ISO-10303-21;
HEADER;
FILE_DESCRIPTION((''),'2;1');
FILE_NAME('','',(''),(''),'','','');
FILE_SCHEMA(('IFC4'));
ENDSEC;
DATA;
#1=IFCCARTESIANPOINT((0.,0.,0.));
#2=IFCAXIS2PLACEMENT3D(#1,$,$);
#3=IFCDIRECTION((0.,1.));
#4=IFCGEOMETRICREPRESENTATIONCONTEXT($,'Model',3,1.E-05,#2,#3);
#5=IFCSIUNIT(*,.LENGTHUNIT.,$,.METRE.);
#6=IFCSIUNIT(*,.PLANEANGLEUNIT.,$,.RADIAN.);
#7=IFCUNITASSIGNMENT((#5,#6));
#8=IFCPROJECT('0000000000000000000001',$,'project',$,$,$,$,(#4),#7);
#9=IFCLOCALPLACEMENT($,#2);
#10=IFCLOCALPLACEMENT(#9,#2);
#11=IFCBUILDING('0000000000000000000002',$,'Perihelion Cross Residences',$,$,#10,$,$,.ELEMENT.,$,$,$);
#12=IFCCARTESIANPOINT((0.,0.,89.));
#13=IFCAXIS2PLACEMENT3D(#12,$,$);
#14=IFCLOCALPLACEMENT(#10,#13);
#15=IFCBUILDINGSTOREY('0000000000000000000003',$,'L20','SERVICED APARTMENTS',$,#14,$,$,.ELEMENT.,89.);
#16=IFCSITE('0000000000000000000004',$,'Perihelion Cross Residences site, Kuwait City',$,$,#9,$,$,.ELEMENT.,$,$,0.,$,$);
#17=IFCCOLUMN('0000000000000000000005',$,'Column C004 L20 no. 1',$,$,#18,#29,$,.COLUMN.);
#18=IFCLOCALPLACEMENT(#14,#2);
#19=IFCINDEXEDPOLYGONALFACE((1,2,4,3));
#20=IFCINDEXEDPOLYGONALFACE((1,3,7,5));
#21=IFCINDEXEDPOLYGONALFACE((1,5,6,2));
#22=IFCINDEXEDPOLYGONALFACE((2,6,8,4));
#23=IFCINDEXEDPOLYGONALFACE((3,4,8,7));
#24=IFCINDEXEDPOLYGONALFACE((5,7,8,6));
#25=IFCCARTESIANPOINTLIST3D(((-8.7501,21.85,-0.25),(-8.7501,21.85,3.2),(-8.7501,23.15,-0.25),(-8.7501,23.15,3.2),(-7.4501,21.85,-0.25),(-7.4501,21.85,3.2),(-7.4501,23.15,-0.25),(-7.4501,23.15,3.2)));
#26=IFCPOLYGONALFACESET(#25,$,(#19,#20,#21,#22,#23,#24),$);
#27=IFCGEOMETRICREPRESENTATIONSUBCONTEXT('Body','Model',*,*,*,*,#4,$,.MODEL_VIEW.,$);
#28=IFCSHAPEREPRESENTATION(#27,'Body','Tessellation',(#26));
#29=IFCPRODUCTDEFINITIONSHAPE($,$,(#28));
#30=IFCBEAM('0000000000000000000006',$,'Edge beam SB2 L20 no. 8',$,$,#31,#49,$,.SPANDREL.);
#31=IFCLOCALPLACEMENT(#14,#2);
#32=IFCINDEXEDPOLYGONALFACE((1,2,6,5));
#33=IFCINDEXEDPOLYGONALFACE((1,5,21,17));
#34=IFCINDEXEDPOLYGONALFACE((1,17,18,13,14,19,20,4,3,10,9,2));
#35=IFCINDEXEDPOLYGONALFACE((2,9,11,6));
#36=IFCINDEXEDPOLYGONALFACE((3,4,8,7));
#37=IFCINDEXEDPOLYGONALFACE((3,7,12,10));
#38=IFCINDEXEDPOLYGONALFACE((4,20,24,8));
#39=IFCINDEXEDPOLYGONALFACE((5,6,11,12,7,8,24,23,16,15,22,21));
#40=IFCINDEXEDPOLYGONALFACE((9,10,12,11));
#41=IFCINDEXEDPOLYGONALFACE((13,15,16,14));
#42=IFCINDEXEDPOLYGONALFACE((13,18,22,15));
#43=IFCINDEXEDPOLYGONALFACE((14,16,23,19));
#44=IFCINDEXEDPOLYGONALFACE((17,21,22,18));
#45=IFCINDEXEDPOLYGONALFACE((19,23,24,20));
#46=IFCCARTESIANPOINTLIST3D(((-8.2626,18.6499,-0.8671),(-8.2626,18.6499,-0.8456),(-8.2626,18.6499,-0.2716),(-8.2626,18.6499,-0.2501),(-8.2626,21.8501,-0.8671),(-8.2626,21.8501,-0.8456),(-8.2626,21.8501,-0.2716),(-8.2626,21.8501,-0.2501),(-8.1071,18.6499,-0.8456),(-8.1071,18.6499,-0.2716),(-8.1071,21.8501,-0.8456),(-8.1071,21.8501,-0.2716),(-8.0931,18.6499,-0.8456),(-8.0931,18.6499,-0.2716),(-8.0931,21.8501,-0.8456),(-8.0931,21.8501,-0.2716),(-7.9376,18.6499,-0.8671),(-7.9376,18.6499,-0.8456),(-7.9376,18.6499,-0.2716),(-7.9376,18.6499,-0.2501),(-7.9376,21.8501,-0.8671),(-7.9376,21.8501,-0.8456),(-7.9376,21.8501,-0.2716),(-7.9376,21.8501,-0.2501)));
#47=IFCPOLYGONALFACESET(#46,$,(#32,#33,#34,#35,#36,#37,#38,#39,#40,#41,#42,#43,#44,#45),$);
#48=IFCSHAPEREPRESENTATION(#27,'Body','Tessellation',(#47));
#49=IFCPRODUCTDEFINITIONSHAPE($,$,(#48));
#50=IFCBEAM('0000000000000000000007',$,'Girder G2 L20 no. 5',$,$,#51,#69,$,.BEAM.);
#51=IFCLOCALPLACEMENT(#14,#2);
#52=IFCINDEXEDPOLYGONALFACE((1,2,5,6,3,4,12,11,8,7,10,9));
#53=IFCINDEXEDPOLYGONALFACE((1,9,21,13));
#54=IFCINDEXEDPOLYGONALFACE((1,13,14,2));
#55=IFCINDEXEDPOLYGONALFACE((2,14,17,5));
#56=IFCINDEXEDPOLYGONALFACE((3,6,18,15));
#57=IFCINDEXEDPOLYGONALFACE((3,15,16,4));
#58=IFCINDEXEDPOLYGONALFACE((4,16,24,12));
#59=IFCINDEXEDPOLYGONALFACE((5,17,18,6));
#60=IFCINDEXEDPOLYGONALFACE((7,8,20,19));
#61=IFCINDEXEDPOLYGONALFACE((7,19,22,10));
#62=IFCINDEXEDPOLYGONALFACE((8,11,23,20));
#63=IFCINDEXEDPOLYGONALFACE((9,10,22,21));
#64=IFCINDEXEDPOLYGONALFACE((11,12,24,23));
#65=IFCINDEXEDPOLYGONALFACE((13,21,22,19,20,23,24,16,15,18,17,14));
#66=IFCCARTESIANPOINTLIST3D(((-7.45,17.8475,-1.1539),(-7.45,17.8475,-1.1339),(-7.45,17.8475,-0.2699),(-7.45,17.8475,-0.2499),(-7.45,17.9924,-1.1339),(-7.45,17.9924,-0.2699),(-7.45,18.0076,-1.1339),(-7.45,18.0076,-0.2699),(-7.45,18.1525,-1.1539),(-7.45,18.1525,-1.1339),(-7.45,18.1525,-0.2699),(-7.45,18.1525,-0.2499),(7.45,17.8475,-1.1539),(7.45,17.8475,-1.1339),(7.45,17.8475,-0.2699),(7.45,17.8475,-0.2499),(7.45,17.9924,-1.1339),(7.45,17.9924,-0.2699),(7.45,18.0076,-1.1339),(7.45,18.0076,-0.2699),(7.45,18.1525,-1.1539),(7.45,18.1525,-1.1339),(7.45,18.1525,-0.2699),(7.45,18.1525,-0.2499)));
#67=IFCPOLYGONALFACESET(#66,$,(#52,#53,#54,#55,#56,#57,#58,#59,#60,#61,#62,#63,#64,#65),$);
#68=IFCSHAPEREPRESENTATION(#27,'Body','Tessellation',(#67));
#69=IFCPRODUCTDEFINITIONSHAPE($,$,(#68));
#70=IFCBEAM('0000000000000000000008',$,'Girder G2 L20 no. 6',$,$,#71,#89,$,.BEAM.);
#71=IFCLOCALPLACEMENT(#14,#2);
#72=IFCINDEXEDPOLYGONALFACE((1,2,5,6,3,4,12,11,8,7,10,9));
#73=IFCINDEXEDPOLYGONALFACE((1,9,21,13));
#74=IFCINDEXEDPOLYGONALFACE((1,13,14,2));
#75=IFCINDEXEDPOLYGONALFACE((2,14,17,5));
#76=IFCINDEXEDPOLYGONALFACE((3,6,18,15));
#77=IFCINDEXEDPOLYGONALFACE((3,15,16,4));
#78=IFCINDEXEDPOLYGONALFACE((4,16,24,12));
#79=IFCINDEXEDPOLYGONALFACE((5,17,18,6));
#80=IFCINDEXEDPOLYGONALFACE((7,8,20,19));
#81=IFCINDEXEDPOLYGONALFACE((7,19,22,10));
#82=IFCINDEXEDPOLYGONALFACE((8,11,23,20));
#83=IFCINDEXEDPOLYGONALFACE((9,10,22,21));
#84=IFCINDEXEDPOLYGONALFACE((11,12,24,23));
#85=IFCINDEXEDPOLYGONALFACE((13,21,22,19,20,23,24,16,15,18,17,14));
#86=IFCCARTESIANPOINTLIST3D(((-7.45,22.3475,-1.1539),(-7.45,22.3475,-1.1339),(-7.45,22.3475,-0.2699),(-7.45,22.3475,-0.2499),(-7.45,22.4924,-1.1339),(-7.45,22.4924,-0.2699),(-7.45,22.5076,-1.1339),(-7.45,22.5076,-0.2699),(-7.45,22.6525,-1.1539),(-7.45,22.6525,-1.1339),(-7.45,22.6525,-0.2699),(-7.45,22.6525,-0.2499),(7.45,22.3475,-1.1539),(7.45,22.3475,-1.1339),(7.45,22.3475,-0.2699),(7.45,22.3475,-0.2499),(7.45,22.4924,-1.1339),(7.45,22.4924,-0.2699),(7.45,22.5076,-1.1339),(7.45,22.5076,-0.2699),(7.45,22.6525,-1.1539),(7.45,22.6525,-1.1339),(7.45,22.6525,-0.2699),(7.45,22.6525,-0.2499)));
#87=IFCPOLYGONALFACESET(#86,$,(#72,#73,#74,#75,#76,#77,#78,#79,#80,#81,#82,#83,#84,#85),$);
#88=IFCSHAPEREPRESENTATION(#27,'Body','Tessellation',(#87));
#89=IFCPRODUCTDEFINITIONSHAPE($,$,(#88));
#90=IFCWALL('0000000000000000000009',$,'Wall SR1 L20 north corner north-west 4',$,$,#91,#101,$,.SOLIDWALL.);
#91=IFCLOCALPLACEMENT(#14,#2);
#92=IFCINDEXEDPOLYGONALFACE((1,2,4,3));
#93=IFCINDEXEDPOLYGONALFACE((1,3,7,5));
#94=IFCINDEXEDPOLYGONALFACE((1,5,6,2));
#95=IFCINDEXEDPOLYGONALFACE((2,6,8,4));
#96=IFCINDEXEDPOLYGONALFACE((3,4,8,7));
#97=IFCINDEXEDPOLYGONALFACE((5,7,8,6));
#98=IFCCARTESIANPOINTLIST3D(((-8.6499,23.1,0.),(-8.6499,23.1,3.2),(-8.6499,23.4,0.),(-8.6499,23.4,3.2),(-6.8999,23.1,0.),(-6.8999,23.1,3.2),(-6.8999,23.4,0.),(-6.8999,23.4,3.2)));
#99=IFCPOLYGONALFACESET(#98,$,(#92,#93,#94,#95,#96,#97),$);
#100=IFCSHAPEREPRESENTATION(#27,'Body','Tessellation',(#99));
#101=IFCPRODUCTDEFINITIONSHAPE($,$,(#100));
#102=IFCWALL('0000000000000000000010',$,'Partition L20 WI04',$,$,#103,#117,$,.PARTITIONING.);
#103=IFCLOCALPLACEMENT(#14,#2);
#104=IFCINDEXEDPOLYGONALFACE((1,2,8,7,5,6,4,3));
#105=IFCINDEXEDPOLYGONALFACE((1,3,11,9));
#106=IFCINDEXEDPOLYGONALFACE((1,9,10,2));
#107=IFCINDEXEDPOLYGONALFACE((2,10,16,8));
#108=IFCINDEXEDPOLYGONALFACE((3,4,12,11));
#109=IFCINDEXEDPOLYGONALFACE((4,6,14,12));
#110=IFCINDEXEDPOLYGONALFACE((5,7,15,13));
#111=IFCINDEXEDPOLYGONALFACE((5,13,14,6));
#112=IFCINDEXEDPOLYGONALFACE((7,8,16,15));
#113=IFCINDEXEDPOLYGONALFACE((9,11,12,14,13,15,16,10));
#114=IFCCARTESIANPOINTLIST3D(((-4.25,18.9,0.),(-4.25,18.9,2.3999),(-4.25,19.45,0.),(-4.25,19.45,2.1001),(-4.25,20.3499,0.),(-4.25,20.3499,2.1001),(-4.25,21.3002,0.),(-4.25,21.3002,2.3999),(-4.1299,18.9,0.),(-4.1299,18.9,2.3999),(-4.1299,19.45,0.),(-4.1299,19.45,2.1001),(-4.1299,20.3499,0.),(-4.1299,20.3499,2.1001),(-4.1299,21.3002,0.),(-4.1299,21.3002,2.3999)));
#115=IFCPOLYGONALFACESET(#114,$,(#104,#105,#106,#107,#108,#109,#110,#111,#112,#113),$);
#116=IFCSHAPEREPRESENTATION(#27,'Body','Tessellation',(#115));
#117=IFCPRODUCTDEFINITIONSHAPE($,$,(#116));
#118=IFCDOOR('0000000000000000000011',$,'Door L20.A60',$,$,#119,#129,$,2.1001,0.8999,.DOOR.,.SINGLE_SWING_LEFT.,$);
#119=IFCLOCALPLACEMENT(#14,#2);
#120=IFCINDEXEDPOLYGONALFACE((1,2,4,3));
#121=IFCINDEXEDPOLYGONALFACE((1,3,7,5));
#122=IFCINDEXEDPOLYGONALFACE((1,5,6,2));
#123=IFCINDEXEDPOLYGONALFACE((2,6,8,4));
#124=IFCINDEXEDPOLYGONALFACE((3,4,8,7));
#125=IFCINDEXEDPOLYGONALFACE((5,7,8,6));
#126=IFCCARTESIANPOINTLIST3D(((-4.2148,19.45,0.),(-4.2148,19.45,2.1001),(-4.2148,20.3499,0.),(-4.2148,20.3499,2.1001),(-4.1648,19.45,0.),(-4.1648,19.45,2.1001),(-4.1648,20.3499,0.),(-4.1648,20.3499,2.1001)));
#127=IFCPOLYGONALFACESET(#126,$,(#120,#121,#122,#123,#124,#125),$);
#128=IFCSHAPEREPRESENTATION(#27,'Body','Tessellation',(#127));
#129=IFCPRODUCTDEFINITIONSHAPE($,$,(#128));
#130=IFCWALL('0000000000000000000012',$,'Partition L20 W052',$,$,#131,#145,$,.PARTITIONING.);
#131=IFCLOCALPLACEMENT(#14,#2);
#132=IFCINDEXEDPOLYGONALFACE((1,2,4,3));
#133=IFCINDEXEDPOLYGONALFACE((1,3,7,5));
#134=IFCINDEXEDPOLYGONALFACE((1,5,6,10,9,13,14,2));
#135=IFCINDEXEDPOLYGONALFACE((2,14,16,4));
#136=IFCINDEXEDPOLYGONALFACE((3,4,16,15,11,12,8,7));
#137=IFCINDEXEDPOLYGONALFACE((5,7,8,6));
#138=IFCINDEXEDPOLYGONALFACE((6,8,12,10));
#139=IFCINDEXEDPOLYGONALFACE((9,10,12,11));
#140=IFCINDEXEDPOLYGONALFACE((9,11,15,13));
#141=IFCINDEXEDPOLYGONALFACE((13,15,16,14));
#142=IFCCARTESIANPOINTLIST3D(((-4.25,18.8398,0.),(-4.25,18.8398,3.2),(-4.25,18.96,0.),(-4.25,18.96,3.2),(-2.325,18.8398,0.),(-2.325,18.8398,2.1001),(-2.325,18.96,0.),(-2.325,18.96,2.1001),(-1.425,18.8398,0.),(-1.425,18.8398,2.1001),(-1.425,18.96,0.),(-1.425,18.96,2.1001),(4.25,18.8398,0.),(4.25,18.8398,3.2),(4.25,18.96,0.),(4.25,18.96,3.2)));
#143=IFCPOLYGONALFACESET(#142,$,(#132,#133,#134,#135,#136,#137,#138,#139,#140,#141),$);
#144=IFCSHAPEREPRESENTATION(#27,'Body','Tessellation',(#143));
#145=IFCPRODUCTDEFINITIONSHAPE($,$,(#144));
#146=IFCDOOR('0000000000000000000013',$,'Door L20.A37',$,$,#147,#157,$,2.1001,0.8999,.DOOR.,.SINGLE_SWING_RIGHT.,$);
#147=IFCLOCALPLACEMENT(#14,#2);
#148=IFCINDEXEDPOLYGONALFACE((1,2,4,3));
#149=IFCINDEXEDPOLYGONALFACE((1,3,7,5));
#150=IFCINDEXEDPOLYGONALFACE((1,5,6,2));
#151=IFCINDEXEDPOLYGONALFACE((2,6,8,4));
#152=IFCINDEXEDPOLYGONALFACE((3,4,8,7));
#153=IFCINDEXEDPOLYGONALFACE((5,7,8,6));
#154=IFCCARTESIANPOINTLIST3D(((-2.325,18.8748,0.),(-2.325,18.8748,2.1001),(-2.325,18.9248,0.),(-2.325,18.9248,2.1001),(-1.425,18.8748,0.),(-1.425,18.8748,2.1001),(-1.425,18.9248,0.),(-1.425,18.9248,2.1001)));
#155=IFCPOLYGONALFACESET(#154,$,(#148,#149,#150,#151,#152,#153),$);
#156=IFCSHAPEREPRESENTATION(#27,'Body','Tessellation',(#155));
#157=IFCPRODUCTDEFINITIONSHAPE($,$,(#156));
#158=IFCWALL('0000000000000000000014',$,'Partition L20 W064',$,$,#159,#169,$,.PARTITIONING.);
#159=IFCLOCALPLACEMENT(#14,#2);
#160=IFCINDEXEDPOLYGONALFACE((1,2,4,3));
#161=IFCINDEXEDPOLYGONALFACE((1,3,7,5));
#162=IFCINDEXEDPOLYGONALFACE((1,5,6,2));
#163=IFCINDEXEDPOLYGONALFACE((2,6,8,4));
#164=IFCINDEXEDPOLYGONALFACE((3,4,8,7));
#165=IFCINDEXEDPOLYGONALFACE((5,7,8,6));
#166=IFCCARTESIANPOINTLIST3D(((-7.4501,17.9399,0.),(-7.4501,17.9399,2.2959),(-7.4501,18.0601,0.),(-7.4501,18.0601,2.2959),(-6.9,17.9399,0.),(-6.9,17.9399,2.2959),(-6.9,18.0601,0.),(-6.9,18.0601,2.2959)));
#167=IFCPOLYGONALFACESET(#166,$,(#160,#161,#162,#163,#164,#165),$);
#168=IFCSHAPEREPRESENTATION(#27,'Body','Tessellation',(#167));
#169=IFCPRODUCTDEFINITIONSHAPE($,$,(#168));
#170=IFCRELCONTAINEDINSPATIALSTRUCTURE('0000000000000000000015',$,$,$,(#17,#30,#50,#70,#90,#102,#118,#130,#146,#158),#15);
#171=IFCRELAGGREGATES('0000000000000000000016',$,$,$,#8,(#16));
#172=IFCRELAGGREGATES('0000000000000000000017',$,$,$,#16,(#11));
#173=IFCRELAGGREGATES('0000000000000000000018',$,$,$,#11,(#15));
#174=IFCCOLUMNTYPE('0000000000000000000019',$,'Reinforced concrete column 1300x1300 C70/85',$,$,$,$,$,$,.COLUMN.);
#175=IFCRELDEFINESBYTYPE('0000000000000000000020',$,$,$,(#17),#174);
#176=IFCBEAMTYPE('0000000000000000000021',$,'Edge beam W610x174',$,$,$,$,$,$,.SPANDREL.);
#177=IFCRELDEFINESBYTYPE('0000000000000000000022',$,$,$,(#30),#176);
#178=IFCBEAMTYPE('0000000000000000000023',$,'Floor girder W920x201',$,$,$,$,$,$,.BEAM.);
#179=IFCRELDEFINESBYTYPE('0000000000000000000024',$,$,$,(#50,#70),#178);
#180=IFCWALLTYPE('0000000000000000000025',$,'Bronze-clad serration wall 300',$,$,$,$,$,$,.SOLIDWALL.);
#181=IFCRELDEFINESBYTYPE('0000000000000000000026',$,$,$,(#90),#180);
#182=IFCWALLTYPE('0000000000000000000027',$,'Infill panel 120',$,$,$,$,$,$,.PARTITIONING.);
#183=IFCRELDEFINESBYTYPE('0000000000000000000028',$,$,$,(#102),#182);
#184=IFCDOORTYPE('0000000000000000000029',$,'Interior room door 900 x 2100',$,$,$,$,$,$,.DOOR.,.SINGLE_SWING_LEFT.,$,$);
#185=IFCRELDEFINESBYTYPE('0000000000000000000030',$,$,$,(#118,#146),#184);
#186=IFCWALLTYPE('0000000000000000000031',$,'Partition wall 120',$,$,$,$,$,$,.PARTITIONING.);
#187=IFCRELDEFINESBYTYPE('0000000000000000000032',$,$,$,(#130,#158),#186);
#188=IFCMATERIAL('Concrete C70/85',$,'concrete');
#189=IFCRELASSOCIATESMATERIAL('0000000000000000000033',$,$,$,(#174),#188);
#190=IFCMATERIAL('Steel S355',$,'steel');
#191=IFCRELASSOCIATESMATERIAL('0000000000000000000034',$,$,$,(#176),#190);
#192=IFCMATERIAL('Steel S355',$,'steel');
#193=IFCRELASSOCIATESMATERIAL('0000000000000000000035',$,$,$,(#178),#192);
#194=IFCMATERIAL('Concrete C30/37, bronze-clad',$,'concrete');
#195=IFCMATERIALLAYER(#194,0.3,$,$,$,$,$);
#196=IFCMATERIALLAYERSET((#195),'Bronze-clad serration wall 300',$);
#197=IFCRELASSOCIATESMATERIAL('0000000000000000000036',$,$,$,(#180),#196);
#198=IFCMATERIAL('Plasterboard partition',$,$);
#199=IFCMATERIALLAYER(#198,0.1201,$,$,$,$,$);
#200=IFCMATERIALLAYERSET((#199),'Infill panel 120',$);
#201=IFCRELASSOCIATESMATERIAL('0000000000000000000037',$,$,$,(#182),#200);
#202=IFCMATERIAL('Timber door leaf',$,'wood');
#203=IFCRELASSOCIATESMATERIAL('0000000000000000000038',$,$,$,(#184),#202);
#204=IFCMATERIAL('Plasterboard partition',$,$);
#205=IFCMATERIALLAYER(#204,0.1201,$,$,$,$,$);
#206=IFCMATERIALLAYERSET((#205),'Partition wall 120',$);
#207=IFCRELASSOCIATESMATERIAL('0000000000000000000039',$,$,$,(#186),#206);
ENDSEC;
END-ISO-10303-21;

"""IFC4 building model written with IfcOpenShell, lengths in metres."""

from ifc_helpers import new_model, si_unit, direction, frame, frame_2d, origin, origin_2d, place, context, subcontext, project, spatial, rectangle, i_section, extrude, material, layer, layer_set, material_profile, profile_set, type_object, element, fill, save


model = new_model("IFC4")

# Units and contexts
model_context = context("Model", 3, precision=1e-05, world=origin(), true_north=direction((0.0, 1.0)))
body_context = subcontext(model_context, "Body", "Model", "MODEL_VIEW")
ifc_project = project(units=[si_unit("LENGTHUNIT", "METRE"), si_unit("PLANEANGLEUNIT", "RADIAN")], contexts=[model_context])

# Site, building, storey
site_placement = place(None, origin())
site = spatial("IfcSite", under=ifc_project, at=site_placement, Name="Perihelion Cross Residences site, Kuwait City", CompositionType="ELEMENT", RefElevation=0.0)
building_placement = place(site_placement, origin())
building = spatial("IfcBuilding", under=site, at=building_placement, Name="Perihelion Cross Residences", CompositionType="ELEMENT")
storey_placement = place(building_placement, frame((0.0, 0.0, 89.0)))
storey = spatial("IfcBuildingStorey", under=building, at=storey_placement, Name="L20", Description="SERVICED APARTMENTS", CompositionType="ELEMENT", Elevation=89.0)

# Column
ifc_material_1 = material(Name="Concrete C70/85", Category="concrete")
ifc_material_profile_1 = material_profile(ifc_material_1, rectangle(XDim=1.3, YDim=1.3, at=origin_2d()), Name="RC 1300x1300")
ifc_profile_set_1 = profile_set([ifc_material_profile_1], Name="Concrete C70/85")
column_type = type_object("IfcColumnType", Name="Reinforced concrete column 1300x1300 C70/85", PredefinedType="COLUMN", material=ifc_profile_set_1)
column_placement = place(storey_placement, frame((-8.1001, 22.5, -0.25), z_axis=(0.0, 0.0, 1.0), x_axis=(1.0, 0.0, 0.0)))
element("IfcColumn", 1, at=column_placement, inside=storey, type_object=column_type, Name="Column C004 L20 no. 1", PredefinedType="COLUMN", context=body_context, shape_type="SweptSolid", body=[
    extrude(rectangle(XDim=1.3, YDim=1.3, at=origin_2d()), origin(), (0.0, 0.0, 1.0), 3.45),
])

# Beams
ifc_material_2 = material(Name="Steel S355", Category="steel")
ifc_material_profile_2 = material_profile(ifc_material_2, i_section(OverallWidth=0.325, OverallDepth=0.6169, WebThickness=0.0139, FlangeThickness=0.0215, at=origin_2d()), Name="W610x174")
ifc_profile_set_2 = profile_set([ifc_material_profile_2], Name="Steel S355")
beam_type_1 = type_object("IfcBeamType", Name="Edge beam W610x174", PredefinedType="SPANDREL", material=ifc_profile_set_2)
beam_placement = place(storey_placement, frame((-8.1001, 21.8501, -0.5586), z_axis=(0.0, -1.0, 0.0), x_axis=(1.0, 0.0, 0.0)))
element("IfcBeam", 2, at=beam_placement, inside=storey, type_object=beam_type_1, Name="Edge beam SB2 L20 no. 8", PredefinedType="SPANDREL", context=body_context, shape_type="SweptSolid", body=[
    extrude(i_section(OverallWidth=0.325, OverallDepth=0.6169, WebThickness=0.0139, FlangeThickness=0.0215, at=origin_2d()), origin(), (0.0, 0.0, 1.0), 3.2002),
])
ifc_material_3 = material(Name="Steel S355", Category="steel")
ifc_material_profile_3 = material_profile(ifc_material_3, i_section(OverallWidth=0.3049, OverallDepth=0.9041, WebThickness=0.0151, FlangeThickness=0.02, at=origin_2d()), Name="W920x201")
ifc_profile_set_3 = profile_set([ifc_material_profile_3], Name="Steel S355")
beam_type_2 = type_object("IfcBeamType", Name="Floor girder W920x201", PredefinedType="BEAM", material=ifc_profile_set_3)
for number, where, z_axis, x_axis, name in (
    (3, (-7.45, 18.0, -0.7019), (1.0, 0.0, 0.0), (0.0, 1.0, 0.0), "Girder G2 L20 no. 5"),
    (4, (-7.45, 22.5, -0.7019), (1.0, 0.0, 0.0), (0.0, 1.0, 0.0), "Girder G2 L20 no. 6"),
):
    element("IfcBeam", number, at=place(storey_placement, frame(where, z_axis=z_axis, x_axis=x_axis)), inside=storey, type_object=beam_type_2, Name=name, PredefinedType="BEAM", context=body_context, shape_type="SweptSolid", body=[
        extrude(i_section(OverallWidth=0.3049, OverallDepth=0.9041, WebThickness=0.0151, FlangeThickness=0.02, at=origin_2d()), origin(), (0.0, 0.0, 1.0), 14.8999),
    ])

# Wall
ifc_material_4 = material(Name="Concrete C30/37, bronze-clad", Category="concrete")
ifc_layer_1 = layer(ifc_material_4, 0.3)
ifc_layer_set_1 = layer_set([ifc_layer_1], Name="Bronze-clad serration wall 300")
wall_type_1 = type_object("IfcWallType", Name="Bronze-clad serration wall 300", PredefinedType="SOLIDWALL", material=ifc_layer_set_1)
wall_1_placement = place(storey_placement, frame((-6.8999, 23.25, 0.0), z_axis=(0.0, 0.0, 1.0), x_axis=(-1.0, 0.0, 0.0)))
element("IfcWall", 5, at=wall_1_placement, inside=storey, type_object=wall_type_1, Name="Wall SR1 L20 north corner north-west 4", PredefinedType="SOLIDWALL", context=body_context, shape_type="SweptSolid", body=[
    extrude(rectangle(XDim=1.75, YDim=0.3, at=frame_2d((0.875, 0.0))), origin(), (0.0, 0.0, 1.0), 3.2),
])

# Walls, openings, doors
ifc_material_5 = material(Name="Plasterboard partition")
ifc_layer_2 = layer(ifc_material_5, 0.1201)
ifc_layer_set_2 = layer_set([ifc_layer_2], Name="Infill panel 120")
wall_type_2 = type_object("IfcWallType", Name="Infill panel 120", PredefinedType="PARTITIONING", material=ifc_layer_set_2)
wall_2_placement = place(storey_placement, frame((-4.1899, 18.8999, 0.0), z_axis=(0.0, 0.0, 1.0), x_axis=(0.0, 1.0, 0.0)))
wall_2 = element("IfcWall", 6, at=wall_2_placement, inside=storey, type_object=wall_type_2, Name="Partition L20 WI04", PredefinedType="PARTITIONING", context=body_context, shape_type="SweptSolid", body=[
    extrude(rectangle(XDim=2.4001, YDim=0.1201, at=frame_2d((1.2002, 0.0))), origin(), (0.0, 0.0, 1.0), 2.3999),
])
opening_1_placement = place(wall_2_placement, frame((0.55, 0.0, 0.0)))
opening_1 = element("IfcOpeningElement", 7, at=opening_1_placement, cuts=wall_2, PredefinedType="OPENING", context=body_context, shape_type="SweptSolid", body=[
    extrude(rectangle(XDim=0.8999, YDim=2.1001, at=frame_2d((0.45, 1.05))), frame((0.0, 0.0701, 0.0), z_axis=(0.0, -1.0, 0.0), x_axis=(1.0, 0.0, 0.0)), (0.0, 0.0, 1.0), 0.1401),
])
ifc_material_6 = material(Name="Timber door leaf", Category="wood")
door_type_1 = type_object("IfcDoorType", Name="Interior room door 900 x 2100", OperationType="SINGLE_SWING_LEFT", PredefinedType="DOOR", material=ifc_material_6)
door_1_placement = place(opening_1_placement, origin())
door_1 = element("IfcDoor", 8, at=door_1_placement, inside=storey, type_object=door_type_1, Name="Door L20.A60", OperationType="SINGLE_SWING_LEFT", OverallHeight=2.1001, OverallWidth=0.8999, PredefinedType="DOOR", context=body_context, shape_type="SweptSolid", body=[
    extrude(rectangle(XDim=0.8999, YDim=2.1001, at=frame_2d((0.45, 1.05))), frame((0.0, 0.0249, 0.0), z_axis=(0.0, -1.0, 0.0), x_axis=(1.0, 0.0, 0.0)), (0.0, 0.0, 1.0), 0.05),
])
fill(opening_1, door_1)
ifc_material_7 = material(Name="Plasterboard partition")
ifc_layer_3 = layer(ifc_material_7, 0.1201)
ifc_layer_set_3 = layer_set([ifc_layer_3], Name="Partition wall 120")
wall_type_3 = type_object("IfcWallType", Name="Partition wall 120", PredefinedType="PARTITIONING", material=ifc_layer_set_3)
wall_3_placement = place(storey_placement, frame((-4.25, 18.8999, 0.0), z_axis=(0.0, 0.0, 1.0), x_axis=(1.0, 0.0, 0.0)))
wall_3 = element("IfcWall", 9, at=wall_3_placement, inside=storey, type_object=wall_type_3, Name="Partition L20 W052", PredefinedType="PARTITIONING", context=body_context, shape_type="SweptSolid", body=[
    extrude(rectangle(XDim=8.5, YDim=0.1201, at=frame_2d((4.25, 0.0))), origin(), (0.0, 0.0, 1.0), 3.2),
])
opening_2_placement = place(wall_3_placement, frame((1.925, 0.0, 0.0)))
opening_2 = element("IfcOpeningElement", 10, at=opening_2_placement, cuts=wall_3, PredefinedType="OPENING", context=body_context, shape_type="SweptSolid", body=[
    extrude(rectangle(XDim=0.8999, YDim=2.1001, at=frame_2d((0.45, 1.05))), frame((0.0, 0.0701, 0.0), z_axis=(0.0, -1.0, 0.0), x_axis=(1.0, 0.0, 0.0)), (0.0, 0.0, 1.0), 0.1401),
])
door_2_placement = place(opening_2_placement, origin())
door_2 = element("IfcDoor", 11, at=door_2_placement, inside=storey, type_object=door_type_1, Name="Door L20.A37", OperationType="SINGLE_SWING_RIGHT", OverallHeight=2.1001, OverallWidth=0.8999, PredefinedType="DOOR", context=body_context, shape_type="SweptSolid", body=[
    extrude(rectangle(XDim=0.8999, YDim=2.1001, at=frame_2d((0.45, 1.05))), frame((0.0, 0.0249, 0.0), z_axis=(0.0, -1.0, 0.0), x_axis=(1.0, 0.0, 0.0)), (0.0, 0.0, 1.0), 0.05),
])
fill(opening_2, door_2)

# Wall
wall_4_placement = place(storey_placement, frame((-7.45, 18.0, 0.0), z_axis=(0.0, 0.0, 1.0), x_axis=(1.0, 0.0, 0.0)))
element("IfcWall", 12, at=wall_4_placement, inside=storey, type_object=wall_type_3, Name="Partition L20 W064", PredefinedType="PARTITIONING", context=body_context, shape_type="SweptSolid", body=[
    extrude(rectangle(XDim=0.55, YDim=0.1201, at=frame_2d((0.2749, 0.0))), origin(), (0.0, 0.0, 1.0), 2.2959),
])

save(model, "model.ifc")
